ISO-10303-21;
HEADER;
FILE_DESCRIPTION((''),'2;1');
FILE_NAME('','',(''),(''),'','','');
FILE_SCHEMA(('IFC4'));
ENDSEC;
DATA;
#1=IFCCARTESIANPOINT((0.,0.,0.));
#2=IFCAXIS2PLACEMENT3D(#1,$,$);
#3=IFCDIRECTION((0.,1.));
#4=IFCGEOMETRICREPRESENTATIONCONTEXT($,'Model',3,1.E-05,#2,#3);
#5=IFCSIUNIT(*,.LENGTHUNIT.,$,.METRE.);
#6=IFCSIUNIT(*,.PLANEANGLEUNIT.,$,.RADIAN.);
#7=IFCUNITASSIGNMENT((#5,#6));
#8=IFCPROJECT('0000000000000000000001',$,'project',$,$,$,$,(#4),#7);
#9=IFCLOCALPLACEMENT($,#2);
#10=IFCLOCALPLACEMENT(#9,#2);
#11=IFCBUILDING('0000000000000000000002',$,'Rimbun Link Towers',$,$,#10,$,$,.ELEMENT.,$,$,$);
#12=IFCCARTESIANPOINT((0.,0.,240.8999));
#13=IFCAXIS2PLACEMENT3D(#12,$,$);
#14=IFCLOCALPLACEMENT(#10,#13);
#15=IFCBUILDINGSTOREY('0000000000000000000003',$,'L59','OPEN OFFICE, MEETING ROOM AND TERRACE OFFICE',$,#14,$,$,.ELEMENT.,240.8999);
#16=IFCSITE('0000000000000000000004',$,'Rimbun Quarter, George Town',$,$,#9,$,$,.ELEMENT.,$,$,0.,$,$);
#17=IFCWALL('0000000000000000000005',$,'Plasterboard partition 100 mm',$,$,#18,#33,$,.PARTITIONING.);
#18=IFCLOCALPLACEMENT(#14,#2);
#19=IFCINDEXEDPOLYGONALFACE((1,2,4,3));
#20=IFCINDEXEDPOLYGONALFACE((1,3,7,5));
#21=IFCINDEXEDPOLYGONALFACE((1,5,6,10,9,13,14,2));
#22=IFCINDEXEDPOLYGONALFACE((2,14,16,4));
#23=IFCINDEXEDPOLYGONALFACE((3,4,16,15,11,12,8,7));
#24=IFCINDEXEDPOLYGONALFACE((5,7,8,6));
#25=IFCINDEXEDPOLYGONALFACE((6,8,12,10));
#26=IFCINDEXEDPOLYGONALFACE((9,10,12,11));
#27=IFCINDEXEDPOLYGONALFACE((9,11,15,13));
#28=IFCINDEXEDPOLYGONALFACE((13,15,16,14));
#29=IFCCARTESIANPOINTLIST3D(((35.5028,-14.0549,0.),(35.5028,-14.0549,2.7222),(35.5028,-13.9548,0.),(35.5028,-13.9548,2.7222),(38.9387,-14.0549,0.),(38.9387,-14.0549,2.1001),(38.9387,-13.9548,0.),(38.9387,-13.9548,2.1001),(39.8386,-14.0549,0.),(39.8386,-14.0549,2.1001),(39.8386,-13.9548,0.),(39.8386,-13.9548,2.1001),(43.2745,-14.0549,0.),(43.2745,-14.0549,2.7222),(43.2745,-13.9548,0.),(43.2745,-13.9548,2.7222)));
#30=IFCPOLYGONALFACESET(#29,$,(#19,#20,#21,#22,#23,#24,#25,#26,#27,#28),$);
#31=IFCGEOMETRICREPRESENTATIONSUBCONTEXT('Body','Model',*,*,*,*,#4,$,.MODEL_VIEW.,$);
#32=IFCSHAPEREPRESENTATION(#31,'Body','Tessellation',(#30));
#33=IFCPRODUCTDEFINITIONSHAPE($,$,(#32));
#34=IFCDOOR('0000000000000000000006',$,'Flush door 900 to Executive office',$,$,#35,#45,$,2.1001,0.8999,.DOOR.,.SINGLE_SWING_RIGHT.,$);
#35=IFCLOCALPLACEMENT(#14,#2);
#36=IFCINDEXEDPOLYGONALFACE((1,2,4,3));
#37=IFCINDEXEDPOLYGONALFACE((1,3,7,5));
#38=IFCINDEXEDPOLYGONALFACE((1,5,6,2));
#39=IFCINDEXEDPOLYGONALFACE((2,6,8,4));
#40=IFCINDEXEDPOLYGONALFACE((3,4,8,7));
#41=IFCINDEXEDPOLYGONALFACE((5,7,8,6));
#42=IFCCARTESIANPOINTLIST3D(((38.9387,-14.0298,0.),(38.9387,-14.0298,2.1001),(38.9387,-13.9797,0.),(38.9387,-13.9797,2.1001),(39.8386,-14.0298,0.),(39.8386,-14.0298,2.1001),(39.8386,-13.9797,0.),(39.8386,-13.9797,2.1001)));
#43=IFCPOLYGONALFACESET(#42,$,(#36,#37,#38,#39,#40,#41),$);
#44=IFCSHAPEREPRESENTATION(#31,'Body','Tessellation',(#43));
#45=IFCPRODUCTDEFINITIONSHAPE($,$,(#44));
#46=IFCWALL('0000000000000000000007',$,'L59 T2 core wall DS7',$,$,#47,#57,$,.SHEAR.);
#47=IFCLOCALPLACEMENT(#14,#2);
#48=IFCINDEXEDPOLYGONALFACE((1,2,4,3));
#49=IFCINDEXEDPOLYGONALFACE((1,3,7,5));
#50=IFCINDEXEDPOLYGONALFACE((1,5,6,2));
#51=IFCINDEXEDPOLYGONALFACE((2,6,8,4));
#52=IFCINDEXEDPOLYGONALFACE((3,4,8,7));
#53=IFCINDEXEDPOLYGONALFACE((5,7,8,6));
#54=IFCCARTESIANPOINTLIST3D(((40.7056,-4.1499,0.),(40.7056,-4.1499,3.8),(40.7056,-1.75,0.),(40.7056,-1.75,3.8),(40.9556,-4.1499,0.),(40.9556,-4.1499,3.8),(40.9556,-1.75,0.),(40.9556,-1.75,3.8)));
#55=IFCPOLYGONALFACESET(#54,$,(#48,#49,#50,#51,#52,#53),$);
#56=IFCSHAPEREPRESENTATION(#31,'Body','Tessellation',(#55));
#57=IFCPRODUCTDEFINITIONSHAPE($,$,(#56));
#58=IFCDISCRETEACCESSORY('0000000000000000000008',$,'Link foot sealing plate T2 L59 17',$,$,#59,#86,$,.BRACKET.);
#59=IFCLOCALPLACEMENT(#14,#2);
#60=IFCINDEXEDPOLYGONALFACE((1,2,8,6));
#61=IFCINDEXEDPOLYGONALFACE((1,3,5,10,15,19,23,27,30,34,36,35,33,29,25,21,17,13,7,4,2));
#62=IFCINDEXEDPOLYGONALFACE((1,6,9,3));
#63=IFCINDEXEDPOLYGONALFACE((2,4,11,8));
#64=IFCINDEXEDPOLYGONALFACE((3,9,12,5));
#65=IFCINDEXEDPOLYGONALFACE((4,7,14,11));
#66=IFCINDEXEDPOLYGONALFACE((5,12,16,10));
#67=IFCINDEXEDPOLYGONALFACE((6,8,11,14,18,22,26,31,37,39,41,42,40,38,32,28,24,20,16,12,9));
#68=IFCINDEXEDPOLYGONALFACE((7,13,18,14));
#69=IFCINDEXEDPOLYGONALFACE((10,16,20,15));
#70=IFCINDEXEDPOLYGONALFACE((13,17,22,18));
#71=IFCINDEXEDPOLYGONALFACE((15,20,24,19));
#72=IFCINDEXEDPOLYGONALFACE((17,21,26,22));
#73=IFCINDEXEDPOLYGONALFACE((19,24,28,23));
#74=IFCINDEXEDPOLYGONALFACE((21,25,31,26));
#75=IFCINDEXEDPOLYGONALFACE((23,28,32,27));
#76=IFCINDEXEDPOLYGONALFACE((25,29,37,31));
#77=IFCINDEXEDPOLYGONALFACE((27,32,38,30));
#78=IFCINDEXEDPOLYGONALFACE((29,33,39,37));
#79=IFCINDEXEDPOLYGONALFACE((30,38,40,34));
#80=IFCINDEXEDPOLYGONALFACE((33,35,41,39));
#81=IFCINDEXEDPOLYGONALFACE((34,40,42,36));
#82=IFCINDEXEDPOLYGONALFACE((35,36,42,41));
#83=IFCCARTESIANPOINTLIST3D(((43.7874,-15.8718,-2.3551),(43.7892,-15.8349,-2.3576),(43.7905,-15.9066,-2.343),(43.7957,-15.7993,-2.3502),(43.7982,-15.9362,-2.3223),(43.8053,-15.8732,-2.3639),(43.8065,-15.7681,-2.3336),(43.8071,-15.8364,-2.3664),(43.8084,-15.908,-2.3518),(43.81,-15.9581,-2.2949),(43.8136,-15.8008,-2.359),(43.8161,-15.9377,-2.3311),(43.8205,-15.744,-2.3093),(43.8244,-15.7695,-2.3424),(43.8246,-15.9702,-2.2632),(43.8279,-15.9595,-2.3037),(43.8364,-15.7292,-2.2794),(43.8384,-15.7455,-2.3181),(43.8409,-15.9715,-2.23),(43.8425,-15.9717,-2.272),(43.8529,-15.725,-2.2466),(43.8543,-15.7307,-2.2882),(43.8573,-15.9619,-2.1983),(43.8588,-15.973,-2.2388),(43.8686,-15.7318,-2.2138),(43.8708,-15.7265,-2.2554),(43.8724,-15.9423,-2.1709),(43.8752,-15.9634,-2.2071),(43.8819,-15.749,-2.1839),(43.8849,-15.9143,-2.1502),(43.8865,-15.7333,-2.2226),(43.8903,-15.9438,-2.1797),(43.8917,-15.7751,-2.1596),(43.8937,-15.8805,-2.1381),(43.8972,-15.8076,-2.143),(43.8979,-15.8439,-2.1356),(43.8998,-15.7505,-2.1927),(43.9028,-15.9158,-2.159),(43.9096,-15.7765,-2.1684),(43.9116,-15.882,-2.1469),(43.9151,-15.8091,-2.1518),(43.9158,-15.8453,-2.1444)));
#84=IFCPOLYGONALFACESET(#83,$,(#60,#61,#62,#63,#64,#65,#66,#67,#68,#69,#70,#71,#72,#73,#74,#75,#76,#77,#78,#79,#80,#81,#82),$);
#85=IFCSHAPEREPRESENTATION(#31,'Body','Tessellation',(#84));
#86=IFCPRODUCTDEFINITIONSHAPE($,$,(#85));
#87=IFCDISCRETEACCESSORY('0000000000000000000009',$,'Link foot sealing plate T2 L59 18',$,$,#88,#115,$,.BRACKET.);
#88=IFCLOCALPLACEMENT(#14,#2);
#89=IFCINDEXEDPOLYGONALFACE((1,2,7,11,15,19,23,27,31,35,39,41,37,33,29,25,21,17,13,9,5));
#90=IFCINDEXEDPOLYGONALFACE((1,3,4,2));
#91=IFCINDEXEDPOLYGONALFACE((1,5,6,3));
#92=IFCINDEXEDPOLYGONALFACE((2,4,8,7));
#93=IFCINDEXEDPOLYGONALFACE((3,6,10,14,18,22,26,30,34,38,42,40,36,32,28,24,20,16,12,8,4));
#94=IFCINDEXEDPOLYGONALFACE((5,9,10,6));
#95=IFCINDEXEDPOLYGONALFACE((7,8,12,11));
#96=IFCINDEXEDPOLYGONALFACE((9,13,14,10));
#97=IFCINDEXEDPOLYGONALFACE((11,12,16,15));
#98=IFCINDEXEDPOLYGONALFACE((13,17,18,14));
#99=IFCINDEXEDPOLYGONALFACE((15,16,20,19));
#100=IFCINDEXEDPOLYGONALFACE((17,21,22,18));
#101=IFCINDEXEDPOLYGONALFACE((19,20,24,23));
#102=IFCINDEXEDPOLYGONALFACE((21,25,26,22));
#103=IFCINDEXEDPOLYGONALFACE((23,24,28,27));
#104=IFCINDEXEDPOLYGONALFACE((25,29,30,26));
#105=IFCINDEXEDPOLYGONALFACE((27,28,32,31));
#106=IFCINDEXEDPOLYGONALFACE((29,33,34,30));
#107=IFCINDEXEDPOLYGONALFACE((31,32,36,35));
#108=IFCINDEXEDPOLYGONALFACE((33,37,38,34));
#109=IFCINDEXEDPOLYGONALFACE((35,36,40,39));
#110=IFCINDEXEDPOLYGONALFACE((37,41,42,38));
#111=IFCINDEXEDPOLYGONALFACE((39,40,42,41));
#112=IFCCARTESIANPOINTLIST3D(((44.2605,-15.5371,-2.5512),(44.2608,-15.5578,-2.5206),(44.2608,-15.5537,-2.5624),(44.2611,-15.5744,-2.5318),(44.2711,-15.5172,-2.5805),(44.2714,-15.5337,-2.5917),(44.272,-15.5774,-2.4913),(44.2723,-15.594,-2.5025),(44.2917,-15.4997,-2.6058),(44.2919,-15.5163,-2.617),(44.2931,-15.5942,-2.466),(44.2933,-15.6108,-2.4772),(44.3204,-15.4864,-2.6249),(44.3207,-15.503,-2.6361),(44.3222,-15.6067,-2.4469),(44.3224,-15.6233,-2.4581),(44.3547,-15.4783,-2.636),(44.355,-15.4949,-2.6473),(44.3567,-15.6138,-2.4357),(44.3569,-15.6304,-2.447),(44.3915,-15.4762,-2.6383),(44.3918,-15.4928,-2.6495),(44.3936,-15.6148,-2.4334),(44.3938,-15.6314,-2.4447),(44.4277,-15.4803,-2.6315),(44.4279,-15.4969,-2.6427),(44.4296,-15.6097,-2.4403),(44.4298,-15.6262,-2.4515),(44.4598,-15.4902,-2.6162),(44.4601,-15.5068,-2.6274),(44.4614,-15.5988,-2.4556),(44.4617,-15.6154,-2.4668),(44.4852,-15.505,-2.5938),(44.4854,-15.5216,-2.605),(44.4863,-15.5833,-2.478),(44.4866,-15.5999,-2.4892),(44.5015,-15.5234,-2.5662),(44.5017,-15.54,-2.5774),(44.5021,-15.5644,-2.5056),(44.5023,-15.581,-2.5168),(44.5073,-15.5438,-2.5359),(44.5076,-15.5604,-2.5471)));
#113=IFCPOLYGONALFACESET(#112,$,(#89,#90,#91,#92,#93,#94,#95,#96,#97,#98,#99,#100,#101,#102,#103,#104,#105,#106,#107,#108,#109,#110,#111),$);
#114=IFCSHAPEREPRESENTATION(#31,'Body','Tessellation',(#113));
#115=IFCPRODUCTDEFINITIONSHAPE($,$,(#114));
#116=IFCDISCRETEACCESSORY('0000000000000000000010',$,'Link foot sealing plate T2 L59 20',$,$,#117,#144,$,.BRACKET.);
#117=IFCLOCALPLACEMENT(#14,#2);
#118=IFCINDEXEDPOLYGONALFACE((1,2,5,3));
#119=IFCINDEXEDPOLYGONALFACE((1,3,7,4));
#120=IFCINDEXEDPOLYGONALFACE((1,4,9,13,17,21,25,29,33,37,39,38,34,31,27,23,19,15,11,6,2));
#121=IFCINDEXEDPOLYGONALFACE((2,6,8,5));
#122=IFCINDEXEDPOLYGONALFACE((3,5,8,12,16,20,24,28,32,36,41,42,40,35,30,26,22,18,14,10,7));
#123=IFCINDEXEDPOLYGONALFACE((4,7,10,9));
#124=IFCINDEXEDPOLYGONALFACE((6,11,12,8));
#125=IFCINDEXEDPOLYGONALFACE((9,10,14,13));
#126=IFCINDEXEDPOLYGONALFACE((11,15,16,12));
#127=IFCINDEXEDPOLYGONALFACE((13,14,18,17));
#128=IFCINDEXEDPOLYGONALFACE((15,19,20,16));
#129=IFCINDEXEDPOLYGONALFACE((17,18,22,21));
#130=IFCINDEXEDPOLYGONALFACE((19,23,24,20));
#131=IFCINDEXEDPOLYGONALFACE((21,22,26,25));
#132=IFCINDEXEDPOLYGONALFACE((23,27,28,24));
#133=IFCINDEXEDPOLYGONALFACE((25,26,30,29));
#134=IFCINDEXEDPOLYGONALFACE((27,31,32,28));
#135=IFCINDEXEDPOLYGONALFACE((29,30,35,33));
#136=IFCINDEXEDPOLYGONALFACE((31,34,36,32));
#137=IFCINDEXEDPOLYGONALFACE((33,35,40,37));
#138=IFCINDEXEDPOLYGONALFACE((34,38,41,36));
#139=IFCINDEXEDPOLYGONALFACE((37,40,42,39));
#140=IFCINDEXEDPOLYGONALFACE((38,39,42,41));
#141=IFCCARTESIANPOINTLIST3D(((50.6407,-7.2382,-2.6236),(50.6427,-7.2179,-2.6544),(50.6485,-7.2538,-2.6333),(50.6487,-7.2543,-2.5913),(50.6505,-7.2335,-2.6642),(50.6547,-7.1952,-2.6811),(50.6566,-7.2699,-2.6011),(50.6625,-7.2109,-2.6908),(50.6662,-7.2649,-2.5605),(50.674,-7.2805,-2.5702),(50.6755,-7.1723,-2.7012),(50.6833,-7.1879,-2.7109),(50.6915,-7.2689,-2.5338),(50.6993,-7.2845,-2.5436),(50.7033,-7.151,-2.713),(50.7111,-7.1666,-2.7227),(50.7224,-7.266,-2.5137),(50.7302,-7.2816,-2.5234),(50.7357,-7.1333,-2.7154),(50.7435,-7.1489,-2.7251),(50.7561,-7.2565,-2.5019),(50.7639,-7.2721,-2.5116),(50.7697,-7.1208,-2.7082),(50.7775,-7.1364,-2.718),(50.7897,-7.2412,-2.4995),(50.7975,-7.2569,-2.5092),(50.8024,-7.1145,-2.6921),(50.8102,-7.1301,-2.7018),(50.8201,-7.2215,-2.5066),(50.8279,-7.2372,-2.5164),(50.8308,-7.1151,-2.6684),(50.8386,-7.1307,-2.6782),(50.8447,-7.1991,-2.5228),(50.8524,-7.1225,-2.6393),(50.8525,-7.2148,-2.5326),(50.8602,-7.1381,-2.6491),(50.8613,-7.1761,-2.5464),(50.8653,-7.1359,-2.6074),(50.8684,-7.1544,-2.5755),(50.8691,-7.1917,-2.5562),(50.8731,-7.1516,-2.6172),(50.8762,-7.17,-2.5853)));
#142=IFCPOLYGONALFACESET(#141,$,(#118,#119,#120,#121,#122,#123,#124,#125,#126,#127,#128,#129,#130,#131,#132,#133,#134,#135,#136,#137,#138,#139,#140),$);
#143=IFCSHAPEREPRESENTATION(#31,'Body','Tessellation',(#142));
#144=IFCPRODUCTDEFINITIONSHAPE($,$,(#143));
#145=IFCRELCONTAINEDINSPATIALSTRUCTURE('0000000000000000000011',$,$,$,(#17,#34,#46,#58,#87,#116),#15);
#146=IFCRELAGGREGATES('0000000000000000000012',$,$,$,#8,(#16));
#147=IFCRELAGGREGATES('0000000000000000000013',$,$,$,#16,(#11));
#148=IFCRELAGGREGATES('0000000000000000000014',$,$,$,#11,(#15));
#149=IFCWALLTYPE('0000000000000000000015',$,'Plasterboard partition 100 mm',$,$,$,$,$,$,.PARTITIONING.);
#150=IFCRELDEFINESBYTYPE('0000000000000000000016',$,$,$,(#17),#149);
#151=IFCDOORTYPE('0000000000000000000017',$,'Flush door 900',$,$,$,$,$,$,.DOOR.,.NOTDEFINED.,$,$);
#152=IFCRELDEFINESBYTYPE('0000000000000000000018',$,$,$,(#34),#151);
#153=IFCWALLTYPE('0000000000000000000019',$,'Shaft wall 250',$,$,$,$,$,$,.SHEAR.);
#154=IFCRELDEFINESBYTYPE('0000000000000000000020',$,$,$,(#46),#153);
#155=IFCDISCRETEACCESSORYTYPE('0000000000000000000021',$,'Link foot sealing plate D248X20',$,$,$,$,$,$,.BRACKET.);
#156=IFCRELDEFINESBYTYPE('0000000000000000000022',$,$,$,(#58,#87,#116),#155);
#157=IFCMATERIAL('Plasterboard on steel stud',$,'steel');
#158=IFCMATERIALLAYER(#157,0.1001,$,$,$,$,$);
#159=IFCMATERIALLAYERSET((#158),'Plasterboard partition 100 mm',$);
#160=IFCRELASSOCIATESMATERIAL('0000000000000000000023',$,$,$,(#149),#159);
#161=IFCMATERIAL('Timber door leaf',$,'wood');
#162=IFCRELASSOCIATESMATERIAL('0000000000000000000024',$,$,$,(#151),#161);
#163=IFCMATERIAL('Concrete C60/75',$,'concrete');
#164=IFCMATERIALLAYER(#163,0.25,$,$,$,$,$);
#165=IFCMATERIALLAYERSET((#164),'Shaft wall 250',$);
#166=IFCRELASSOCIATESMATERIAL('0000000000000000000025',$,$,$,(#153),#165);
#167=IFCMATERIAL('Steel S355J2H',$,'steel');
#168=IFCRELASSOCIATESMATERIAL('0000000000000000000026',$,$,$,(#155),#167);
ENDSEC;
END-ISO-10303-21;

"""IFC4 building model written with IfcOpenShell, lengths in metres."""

from ifc_helpers import new_model, si_unit, direction, frame, frame_2d, origin, origin_2d, place, context, subcontext, project, spatial, rectangle, circle, extrude, material, layer, layer_set, material_profile, profile_set, type_object, element, fill, save


model = new_model("IFC4")

# Units and contexts
model_context = context("Model", 3, precision=1e-05, world=origin(), true_north=direction((0.0, 1.0)))
body_context = subcontext(model_context, "Body", "Model", "MODEL_VIEW")
ifc_project = project(units=[si_unit("LENGTHUNIT", "METRE"), si_unit("PLANEANGLEUNIT", "RADIAN")], contexts=[model_context])

# Site, building, storey
site_placement = place(None, origin())
site = spatial("IfcSite", under=ifc_project, at=site_placement, Name="Rimbun Quarter, George Town", CompositionType="ELEMENT", RefElevation=0.0)
building_placement = place(site_placement, origin())
building = spatial("IfcBuilding", under=site, at=building_placement, Name="Rimbun Link Towers", CompositionType="ELEMENT")
storey_placement = place(building_placement, frame((0.0, 0.0, 240.8999)))
storey = spatial("IfcBuildingStorey", under=building, at=storey_placement, Name="L59", Description="OPEN OFFICE, MEETING ROOM AND TERRACE OFFICE", CompositionType="ELEMENT", Elevation=240.8999)

# Shared definitions
ifc_material_1 = material(Name="Plasterboard on steel stud", Category="steel")
ifc_layer_1 = layer(ifc_material_1, 0.1001)
ifc_layer_set_1 = layer_set([ifc_layer_1], Name="Plasterboard partition 100 mm")
wall_type_1 = type_object("IfcWallType", Name="Plasterboard partition 100 mm", PredefinedType="PARTITIONING", material=ifc_layer_set_1)

# Wall, opening, door
wall_1_placement = place(storey_placement, frame((43.2744, -14.0049, 0.0), z_axis=(0.0, 0.0, 1.0), x_axis=(-1.0, 0.0, 0.0)))
wall_1 = element("IfcWall", 1, at=wall_1_placement, inside=storey, type_object=wall_type_1, Name="Plasterboard partition 100 mm", PredefinedType="PARTITIONING", context=body_context, shape_type="SweptSolid", body=[
    extrude(rectangle(XDim=7.7717, YDim=0.1001, at=frame_2d((3.8857, 0.0))), origin(), (0.0, 0.0, 1.0), 2.7222),
])
opening_1_placement = place(wall_1_placement, frame((3.4358, 0.0, 0.0)))
opening_1 = element("IfcOpeningElement", 2, at=opening_1_placement, cuts=wall_1, PredefinedType="OPENING", context=body_context, shape_type="SweptSolid", body=[
    extrude(rectangle(XDim=0.8999, YDim=2.1001, at=frame_2d((0.45, 1.05))), frame((0.0, 0.0601, 0.0), z_axis=(0.0, -1.0, 0.0), x_axis=(1.0, 0.0, 0.0)), (0.0, 0.0, 1.0), 0.1201),
])
ifc_material_2 = material(Name="Timber door leaf", Category="wood")
door_type_1 = type_object("IfcDoorType", Name="Flush door 900", OperationType="NOTDEFINED", PredefinedType="DOOR", material=ifc_material_2)
door_1_placement = place(opening_1_placement, origin())
door_1 = element("IfcDoor", 3, at=door_1_placement, inside=storey, type_object=door_type_1, Name="Flush door 900 to Executive office", OperationType="SINGLE_SWING_RIGHT", OverallHeight=2.1001, OverallWidth=0.8999, PredefinedType="DOOR", context=body_context, shape_type="SweptSolid", body=[
    extrude(rectangle(XDim=0.8999, YDim=2.1001, at=frame_2d((0.45, 1.05))), frame((0.0, 0.0249, 0.0), z_axis=(0.0, -1.0, 0.0), x_axis=(1.0, 0.0, 0.0)), (0.0, 0.0, 1.0), 0.05),
])
fill(opening_1, door_1)

# Wall
ifc_material_3 = material(Name="Concrete C60/75", Category="concrete")
ifc_layer_2 = layer(ifc_material_3, 0.25)
ifc_layer_set_2 = layer_set([ifc_layer_2], Name="Shaft wall 250")
wall_type_2 = type_object("IfcWallType", Name="Shaft wall 250", PredefinedType="SHEAR", material=ifc_layer_set_2)
wall_2_placement = place(storey_placement, frame((40.8306, -4.1499, 0.0), z_axis=(0.0, 0.0, 1.0), x_axis=(0.0, 1.0, 0.0)))
element("IfcWall", 4, at=wall_2_placement, inside=storey, type_object=wall_type_2, Name="L59 T2 core wall DS7", PredefinedType="SHEAR", context=body_context, shape_type="SweptSolid", body=[
    extrude(rectangle(XDim=2.3999, YDim=0.25, at=frame_2d((1.2, 0.0))), origin(), (0.0, 0.0, 1.0), 3.8),
])

# Discrete accessories
ifc_material_4 = material(Name="Steel S355J2H", Category="steel")
ifc_material_profile_1 = material_profile(ifc_material_4, circle(Radius=0.124, at=origin_2d()), Name="PL D248")
ifc_profile_set_1 = profile_set([ifc_material_profile_1], Name="Steel S355J2H")
discrete_accessory_type = type_object("IfcDiscreteAccessoryType", Name="Link foot sealing plate D248X20", PredefinedType="BRACKET", material=ifc_profile_set_1)
for number, where, z_axis, x_axis, name in (
    (5, (43.8428, -15.8486, -2.2466), (0.894444, -0.073516, -0.441096), (0.081916, 0.996639, 0.0), "Link foot sealing plate T2 L59 17"),
    (6, (44.3833, -15.5457, -2.5359), (0.01218, -0.828222, -0.560268), (0.999892, 0.014704, 0.0), "Link foot sealing plate T2 L59 18"),
    (7, (50.7544, -7.1914, -2.6074), (0.39036, -0.78072, -0.48795), (0.894427, 0.447214, 0.0), "Link foot sealing plate T2 L59 20"),
):
    element("IfcDiscreteAccessory", number, at=place(storey_placement, frame(where, z_axis=z_axis, x_axis=x_axis)), inside=storey, type_object=discrete_accessory_type, Name=name, PredefinedType="BRACKET", context=body_context, shape_type="SweptSolid", body=[
        extrude(circle(Radius=0.124, at=origin_2d()), origin(), (0.0, 0.0, 1.0), 0.02),
    ])

save(model, "model.ifc")
